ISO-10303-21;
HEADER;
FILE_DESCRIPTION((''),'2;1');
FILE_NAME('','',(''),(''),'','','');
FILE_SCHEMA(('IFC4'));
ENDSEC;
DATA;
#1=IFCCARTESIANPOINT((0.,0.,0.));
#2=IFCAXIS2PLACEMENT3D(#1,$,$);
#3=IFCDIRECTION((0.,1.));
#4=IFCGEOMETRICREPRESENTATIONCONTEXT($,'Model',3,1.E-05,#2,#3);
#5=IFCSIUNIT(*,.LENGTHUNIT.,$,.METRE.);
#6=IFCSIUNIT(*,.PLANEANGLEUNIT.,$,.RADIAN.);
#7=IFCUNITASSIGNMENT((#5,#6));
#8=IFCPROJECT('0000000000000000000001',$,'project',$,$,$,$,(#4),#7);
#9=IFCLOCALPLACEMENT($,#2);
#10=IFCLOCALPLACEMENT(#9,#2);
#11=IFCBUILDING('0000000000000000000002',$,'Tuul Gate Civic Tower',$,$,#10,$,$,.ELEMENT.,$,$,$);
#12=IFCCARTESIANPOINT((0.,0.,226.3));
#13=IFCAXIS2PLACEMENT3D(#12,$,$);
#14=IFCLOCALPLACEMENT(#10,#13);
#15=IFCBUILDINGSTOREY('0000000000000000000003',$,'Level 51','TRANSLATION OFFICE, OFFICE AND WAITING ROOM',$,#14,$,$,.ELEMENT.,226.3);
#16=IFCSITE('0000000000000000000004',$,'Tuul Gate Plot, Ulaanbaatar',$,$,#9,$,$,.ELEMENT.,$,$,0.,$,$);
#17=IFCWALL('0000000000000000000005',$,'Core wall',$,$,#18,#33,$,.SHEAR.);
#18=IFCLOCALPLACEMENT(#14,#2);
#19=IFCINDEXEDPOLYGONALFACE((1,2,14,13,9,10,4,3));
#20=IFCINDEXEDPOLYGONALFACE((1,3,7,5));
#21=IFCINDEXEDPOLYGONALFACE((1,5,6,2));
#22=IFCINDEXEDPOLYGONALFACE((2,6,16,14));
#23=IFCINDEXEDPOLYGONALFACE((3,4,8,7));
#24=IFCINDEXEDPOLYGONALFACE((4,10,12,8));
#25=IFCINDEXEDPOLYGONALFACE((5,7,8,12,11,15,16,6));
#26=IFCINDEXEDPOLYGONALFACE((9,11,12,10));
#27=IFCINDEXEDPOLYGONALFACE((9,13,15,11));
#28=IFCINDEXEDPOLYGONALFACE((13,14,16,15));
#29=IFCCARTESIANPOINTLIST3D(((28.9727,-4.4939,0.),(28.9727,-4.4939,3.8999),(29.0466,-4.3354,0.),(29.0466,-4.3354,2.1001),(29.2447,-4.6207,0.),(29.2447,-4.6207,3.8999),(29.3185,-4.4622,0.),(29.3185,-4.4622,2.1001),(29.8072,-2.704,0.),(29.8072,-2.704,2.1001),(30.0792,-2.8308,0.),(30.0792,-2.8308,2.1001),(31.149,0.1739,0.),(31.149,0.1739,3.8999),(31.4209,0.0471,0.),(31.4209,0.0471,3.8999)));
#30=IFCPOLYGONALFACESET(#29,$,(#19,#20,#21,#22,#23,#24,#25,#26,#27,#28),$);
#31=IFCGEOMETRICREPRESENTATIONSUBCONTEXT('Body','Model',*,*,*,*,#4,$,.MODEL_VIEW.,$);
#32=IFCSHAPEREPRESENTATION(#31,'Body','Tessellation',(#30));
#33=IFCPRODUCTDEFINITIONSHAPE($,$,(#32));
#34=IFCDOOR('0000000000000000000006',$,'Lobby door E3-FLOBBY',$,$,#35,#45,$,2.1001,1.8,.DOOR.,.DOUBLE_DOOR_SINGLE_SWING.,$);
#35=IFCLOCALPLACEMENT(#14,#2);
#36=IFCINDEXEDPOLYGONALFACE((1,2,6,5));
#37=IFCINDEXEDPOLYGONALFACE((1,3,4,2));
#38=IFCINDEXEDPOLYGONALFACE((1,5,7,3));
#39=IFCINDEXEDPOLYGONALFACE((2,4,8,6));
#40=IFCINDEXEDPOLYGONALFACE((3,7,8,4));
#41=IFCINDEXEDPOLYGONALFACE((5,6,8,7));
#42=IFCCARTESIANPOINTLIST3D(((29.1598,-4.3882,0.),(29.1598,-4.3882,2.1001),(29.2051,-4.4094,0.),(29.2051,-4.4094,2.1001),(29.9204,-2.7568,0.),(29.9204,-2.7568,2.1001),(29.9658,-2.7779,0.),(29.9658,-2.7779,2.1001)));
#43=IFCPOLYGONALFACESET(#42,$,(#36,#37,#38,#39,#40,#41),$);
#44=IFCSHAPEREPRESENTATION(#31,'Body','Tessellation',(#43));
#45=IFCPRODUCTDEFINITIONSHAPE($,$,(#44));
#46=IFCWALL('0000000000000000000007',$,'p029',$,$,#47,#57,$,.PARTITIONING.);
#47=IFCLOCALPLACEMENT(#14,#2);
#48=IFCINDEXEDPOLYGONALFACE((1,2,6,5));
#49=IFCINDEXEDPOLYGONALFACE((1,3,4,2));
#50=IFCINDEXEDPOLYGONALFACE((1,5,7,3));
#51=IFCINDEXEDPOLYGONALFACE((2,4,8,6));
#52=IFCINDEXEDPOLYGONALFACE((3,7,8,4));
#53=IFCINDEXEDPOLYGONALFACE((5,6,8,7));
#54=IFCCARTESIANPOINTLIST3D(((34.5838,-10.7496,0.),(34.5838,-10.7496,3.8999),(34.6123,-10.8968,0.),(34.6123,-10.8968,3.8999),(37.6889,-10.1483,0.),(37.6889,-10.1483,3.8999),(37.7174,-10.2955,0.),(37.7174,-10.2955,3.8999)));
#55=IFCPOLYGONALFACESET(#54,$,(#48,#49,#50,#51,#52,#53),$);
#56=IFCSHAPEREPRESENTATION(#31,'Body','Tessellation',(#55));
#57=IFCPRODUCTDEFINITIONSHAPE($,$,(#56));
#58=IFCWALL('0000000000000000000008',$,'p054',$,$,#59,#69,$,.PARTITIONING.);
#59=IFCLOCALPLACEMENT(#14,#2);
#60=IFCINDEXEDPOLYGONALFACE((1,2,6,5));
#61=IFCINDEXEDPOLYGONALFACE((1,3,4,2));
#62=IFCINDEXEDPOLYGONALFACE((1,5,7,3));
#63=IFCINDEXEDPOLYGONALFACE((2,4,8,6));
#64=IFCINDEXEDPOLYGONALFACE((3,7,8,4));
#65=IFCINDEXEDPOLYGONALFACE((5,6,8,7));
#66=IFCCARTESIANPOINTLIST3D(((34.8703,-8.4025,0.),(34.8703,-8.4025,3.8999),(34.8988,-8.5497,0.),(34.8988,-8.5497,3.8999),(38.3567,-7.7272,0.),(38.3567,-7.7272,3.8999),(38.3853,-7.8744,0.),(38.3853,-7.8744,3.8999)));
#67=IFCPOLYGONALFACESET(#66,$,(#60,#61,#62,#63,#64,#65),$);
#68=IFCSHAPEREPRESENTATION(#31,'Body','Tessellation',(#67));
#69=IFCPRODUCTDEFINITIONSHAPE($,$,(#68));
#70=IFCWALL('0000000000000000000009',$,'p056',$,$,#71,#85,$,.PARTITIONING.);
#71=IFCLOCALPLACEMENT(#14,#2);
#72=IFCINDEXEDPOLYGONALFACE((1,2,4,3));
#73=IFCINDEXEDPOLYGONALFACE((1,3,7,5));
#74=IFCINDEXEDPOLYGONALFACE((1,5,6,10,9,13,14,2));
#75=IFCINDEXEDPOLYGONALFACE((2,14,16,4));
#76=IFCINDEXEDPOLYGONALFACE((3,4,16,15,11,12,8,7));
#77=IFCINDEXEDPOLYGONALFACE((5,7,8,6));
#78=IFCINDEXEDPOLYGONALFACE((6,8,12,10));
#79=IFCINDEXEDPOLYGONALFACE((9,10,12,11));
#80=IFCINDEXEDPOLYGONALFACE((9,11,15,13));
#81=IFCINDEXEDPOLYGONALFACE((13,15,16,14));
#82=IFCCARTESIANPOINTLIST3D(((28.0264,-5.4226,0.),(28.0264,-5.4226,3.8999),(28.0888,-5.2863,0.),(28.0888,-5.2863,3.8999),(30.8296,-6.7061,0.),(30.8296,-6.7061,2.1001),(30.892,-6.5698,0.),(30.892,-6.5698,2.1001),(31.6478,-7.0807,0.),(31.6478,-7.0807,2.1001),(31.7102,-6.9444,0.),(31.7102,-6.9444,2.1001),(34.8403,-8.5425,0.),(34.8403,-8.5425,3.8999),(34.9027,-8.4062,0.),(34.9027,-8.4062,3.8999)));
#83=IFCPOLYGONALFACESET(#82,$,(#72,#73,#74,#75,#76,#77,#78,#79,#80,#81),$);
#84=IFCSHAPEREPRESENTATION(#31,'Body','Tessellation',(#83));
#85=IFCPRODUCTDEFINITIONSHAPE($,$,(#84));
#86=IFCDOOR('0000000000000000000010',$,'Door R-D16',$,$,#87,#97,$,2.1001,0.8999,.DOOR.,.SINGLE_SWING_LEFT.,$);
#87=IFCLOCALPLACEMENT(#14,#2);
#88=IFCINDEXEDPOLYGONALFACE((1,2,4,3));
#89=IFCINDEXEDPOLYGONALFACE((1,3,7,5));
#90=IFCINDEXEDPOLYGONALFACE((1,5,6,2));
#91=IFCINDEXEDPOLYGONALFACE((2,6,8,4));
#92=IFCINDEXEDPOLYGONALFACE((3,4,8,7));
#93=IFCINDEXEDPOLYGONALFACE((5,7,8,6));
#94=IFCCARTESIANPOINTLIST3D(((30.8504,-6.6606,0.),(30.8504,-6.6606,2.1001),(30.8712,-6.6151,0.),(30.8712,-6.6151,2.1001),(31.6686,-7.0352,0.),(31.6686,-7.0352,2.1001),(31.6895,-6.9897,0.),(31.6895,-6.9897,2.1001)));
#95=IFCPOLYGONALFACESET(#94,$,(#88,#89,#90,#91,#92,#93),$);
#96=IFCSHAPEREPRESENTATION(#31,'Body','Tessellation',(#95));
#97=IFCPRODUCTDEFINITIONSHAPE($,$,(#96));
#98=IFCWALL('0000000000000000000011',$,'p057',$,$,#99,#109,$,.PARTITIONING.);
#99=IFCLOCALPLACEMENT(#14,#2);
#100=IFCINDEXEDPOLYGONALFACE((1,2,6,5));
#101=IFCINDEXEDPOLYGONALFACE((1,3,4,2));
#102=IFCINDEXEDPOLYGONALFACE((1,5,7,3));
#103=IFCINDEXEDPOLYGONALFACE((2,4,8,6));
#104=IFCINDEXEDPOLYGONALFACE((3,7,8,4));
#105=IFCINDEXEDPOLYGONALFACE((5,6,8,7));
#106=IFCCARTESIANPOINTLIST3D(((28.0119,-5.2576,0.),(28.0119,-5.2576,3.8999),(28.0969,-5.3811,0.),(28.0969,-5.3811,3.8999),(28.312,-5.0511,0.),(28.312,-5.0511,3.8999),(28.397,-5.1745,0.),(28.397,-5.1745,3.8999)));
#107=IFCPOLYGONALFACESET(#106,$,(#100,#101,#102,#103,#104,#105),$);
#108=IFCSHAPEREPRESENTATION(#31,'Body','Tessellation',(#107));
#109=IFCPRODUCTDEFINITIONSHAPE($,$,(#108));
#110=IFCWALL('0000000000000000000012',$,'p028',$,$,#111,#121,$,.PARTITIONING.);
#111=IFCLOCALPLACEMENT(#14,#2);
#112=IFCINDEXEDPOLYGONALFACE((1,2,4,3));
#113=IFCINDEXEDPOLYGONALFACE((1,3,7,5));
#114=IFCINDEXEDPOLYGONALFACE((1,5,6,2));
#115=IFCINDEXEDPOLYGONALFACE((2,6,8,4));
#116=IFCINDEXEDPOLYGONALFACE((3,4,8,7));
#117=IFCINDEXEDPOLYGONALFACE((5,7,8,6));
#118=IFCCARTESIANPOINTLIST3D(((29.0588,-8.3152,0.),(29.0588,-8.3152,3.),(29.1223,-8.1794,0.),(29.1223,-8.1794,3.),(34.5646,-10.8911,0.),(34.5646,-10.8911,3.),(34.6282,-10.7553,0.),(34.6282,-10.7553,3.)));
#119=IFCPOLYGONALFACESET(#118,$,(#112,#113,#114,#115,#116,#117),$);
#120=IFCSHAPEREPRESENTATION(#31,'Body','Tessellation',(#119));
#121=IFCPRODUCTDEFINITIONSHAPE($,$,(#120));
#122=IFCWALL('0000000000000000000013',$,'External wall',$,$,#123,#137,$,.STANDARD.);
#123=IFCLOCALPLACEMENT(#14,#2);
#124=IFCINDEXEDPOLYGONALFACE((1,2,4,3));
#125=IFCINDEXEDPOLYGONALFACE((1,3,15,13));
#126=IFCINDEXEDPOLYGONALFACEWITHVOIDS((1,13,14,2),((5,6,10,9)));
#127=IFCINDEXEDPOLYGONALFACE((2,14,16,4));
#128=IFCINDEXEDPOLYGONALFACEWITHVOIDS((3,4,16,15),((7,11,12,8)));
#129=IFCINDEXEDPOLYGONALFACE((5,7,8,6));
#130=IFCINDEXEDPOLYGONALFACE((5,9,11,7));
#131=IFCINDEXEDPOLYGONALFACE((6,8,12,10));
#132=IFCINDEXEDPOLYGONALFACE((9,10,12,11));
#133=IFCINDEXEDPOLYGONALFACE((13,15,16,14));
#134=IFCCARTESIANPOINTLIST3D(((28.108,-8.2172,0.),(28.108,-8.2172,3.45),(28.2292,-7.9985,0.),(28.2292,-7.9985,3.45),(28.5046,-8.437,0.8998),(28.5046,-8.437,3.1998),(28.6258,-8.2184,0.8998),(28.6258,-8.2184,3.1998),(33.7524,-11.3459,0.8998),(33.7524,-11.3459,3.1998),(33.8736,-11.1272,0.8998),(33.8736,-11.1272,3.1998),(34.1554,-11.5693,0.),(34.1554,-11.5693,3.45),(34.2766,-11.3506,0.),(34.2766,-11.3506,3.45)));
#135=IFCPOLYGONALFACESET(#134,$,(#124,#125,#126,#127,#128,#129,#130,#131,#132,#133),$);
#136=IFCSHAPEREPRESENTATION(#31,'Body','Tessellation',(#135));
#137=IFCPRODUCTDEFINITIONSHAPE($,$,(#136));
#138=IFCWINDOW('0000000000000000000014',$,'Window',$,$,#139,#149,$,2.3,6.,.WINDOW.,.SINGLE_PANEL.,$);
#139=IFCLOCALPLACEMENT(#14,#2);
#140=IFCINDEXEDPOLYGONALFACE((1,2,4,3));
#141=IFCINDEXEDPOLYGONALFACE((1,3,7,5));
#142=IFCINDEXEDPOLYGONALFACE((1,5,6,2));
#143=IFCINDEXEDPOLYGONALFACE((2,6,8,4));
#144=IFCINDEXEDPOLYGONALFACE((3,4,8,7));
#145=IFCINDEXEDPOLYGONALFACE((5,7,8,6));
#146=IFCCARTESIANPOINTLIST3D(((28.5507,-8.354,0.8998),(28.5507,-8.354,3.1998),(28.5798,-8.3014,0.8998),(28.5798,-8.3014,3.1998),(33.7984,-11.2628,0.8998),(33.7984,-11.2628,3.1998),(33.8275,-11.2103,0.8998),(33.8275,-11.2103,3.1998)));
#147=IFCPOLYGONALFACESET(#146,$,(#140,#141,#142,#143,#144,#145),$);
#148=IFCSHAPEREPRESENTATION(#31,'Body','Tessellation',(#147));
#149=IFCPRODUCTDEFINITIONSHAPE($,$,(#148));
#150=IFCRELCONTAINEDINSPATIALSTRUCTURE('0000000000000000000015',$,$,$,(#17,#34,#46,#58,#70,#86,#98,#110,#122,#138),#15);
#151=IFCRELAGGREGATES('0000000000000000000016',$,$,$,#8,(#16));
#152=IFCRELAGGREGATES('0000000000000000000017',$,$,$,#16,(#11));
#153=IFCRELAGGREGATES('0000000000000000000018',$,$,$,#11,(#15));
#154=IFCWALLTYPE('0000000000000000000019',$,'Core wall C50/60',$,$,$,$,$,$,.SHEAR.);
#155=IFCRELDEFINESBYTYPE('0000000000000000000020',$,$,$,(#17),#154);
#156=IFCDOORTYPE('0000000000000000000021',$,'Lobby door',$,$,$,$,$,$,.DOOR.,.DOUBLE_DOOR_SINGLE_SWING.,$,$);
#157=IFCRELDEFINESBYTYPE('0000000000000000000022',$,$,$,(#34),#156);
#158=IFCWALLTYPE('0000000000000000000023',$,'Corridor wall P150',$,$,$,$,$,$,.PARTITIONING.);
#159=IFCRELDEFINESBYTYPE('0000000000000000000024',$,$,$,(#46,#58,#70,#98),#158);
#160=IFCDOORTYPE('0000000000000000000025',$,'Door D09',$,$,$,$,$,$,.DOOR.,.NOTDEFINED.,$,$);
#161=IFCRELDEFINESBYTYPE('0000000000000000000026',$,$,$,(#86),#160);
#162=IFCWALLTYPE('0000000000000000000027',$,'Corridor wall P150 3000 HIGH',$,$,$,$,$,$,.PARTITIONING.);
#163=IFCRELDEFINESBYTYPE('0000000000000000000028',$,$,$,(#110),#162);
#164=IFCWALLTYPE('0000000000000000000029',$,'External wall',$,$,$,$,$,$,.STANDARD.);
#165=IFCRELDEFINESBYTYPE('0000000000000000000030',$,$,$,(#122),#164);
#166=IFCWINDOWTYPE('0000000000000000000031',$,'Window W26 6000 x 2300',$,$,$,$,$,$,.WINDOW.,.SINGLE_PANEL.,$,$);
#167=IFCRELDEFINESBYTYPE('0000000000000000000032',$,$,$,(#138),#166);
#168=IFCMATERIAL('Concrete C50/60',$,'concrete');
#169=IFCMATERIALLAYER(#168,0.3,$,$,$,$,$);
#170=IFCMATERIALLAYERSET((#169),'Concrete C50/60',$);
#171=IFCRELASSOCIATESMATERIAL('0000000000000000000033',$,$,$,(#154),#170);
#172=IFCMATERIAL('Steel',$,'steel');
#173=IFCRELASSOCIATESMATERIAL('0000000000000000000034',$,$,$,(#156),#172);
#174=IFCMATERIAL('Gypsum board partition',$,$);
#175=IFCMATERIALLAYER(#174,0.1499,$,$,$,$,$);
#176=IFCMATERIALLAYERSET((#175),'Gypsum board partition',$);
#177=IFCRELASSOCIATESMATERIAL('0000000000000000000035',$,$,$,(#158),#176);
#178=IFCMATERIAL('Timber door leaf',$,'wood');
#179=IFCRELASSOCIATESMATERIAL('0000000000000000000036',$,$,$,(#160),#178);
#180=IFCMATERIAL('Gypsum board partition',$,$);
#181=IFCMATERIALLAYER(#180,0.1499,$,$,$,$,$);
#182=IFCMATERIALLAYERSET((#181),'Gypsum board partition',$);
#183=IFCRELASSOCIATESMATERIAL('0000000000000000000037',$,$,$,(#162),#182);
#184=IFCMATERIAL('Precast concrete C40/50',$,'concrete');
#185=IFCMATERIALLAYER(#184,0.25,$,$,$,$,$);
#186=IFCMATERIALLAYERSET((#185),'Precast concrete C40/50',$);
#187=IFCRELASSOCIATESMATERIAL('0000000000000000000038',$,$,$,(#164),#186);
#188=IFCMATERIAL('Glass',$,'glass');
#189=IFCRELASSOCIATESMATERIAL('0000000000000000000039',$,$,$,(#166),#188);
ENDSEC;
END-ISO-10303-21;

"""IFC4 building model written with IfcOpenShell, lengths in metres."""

from ifc_helpers import new_model, si_unit, direction, frame, frame_2d, origin, place, context, subcontext, project, spatial, rectangle, extrude, material, layer, layer_set, type_object, element, fill, save


model = new_model("IFC4")

# Units and contexts
model_context = context("Model", 3, precision=1e-05, world=origin(), true_north=direction((0.0, 1.0)))
body_context = subcontext(model_context, "Body", "Model", "MODEL_VIEW")
ifc_project = project(units=[si_unit("LENGTHUNIT", "METRE"), si_unit("PLANEANGLEUNIT", "RADIAN")], contexts=[model_context])

# Site, building, storey
site_placement = place(None, origin())
site = spatial("IfcSite", under=ifc_project, at=site_placement, Name="Tuul Gate Plot, Ulaanbaatar", CompositionType="ELEMENT", RefElevation=0.0)
building_placement = place(site_placement, origin())
building = spatial("IfcBuilding", under=site, at=building_placement, Name="Tuul Gate Civic Tower", CompositionType="ELEMENT")
storey_placement = place(building_placement, frame((0.0, 0.0, 226.3)))
storey = spatial("IfcBuildingStorey", under=building, at=storey_placement, Name="Level 51", Description="TRANSLATION OFFICE, OFFICE AND WAITING ROOM", CompositionType="ELEMENT", Elevation=226.3)

# Shared definitions
ifc_material_1 = material(Name="Concrete C50/60", Category="concrete")
ifc_layer_1 = layer(ifc_material_1, 0.3)
ifc_layer_set_1 = layer_set([ifc_layer_1], Name="Concrete C50/60")
wall_type_1 = type_object("IfcWallType", Name="Core wall C50/60", PredefinedType="SHEAR", material=ifc_layer_set_1)
ifc_material_2 = material(Name="Steel", Category="steel")
door_type_1 = type_object("IfcDoorType", Name="Lobby door", OperationType="DOUBLE_DOOR_SINGLE_SWING", PredefinedType="DOOR", material=ifc_material_2)

# Wall, opening, door
wall_1_placement = place(storey_placement, frame((29.1086, -4.5574, 0.0), z_axis=(0.0, 0.0, 1.0), x_axis=(0.422566, 0.906332, 0.0)))
wall_1 = element("IfcWall", 1, at=wall_1_placement, inside=storey, type_object=wall_type_1, Name="Core wall", PredefinedType="SHEAR", context=body_context, shape_type="SweptSolid", body=[
    extrude(rectangle(XDim=5.1501, YDim=0.3, at=frame_2d((2.5752, 0.0))), origin(), (0.0, 0.0, 1.0), 3.8999),
])
opening_1_placement = place(wall_1_placement, frame((0.175, 0.0, 0.0)))
opening_1 = element("IfcOpeningElement", 2, at=opening_1_placement, cuts=wall_1, PredefinedType="OPENING", context=body_context, shape_type="SweptSolid", body=[
    extrude(rectangle(XDim=1.8, YDim=2.1001, at=frame_2d((0.8999, 1.05))), frame((0.0, 0.1602, 0.0), z_axis=(0.0, -1.0, 0.0), x_axis=(1.0, 0.0, 0.0)), (0.0, 0.0, 1.0), 0.3201),
])
door_1_placement = place(opening_1_placement, frame((1.8, 0.0, 0.0), z_axis=(0.0, 0.0, 1.0), x_axis=(-1.0, 0.0, 0.0)))
door_1 = element("IfcDoor", 3, at=door_1_placement, inside=storey, type_object=door_type_1, Name="Lobby door E3-FLOBBY", OperationType="DOUBLE_DOOR_SINGLE_SWING", OverallHeight=2.1001, OverallWidth=1.8, PredefinedType="DOOR", context=body_context, shape_type="SweptSolid", body=[
    extrude(rectangle(XDim=1.8, YDim=2.1001, at=frame_2d((0.9001, 1.05))), frame((0.0, 0.0249, 0.0), z_axis=(0.0, -1.0, 0.0), x_axis=(1.0, 0.0, 0.0)), (0.0, 0.0, 1.0), 0.05),
])
fill(opening_1, door_1)

# Walls
ifc_material_3 = material(Name="Gypsum board partition")
ifc_layer_2 = layer(ifc_material_3, 0.1499)
ifc_layer_set_2 = layer_set([ifc_layer_2], Name="Gypsum board partition")
wall_type_2 = type_object("IfcWallType", Name="Corridor wall P150", PredefinedType="PARTITIONING", material=ifc_layer_set_2)
wall_2_placement = place(storey_placement, frame((34.5979, -10.8232, 0.0), z_axis=(0.0, 0.0, 1.0), x_axis=(0.981762, 0.190116, 0.0)))
element("IfcWall", 4, at=wall_2_placement, inside=storey, type_object=wall_type_2, Name="p029", PredefinedType="PARTITIONING", context=body_context, shape_type="SweptSolid", body=[
    extrude(rectangle(XDim=3.1628, YDim=0.1499, at=frame_2d((1.5815, 0.0))), origin(), (0.0, 0.0, 1.0), 3.8999),
])
wall_3_placement = place(storey_placement, frame((34.8845, -8.4761, 0.0), z_axis=(0.0, 0.0, 1.0), x_axis=(0.981755, 0.19015, 0.0)))
element("IfcWall", 5, at=wall_3_placement, inside=storey, type_object=wall_type_2, Name="p054", PredefinedType="PARTITIONING", context=body_context, shape_type="SweptSolid", body=[
    extrude(rectangle(XDim=3.5513, YDim=0.1499, at=frame_2d((1.7756, 0.0))), origin(), (0.0, 0.0, 1.0), 3.8999),
])

# Wall, opening, door
wall_4_placement = place(storey_placement, frame((28.0576, -5.3545, 0.0), z_axis=(0.0, 0.0, 1.0), x_axis=(0.909226, -0.416302, 0.0)))
wall_4 = element("IfcWall", 6, at=wall_4_placement, inside=storey, type_object=wall_type_2, Name="p056", PredefinedType="PARTITIONING", context=body_context, shape_type="SweptSolid", body=[
    extrude(rectangle(XDim=7.4941, YDim=0.1499, at=frame_2d((3.7471, 0.0))), origin(), (0.0, 0.0, 1.0), 3.8999),
])
opening_2_placement = place(wall_4_placement, frame((3.083, 0.0, 0.0)))
opening_2 = element("IfcOpeningElement", 7, at=opening_2_placement, cuts=wall_4, PredefinedType="OPENING", context=body_context, shape_type="SweptSolid", body=[
    extrude(rectangle(XDim=0.8999, YDim=2.1001, at=frame_2d((0.45, 1.05))), frame((0.0, 0.085, 0.0), z_axis=(0.0, -1.0, 0.0), x_axis=(1.0, 0.0, 0.0)), (0.0, 0.0, 1.0), 0.1699),
])
ifc_material_4 = material(Name="Timber door leaf", Category="wood")
door_type_2 = type_object("IfcDoorType", Name="Door D09", OperationType="NOTDEFINED", PredefinedType="DOOR", material=ifc_material_4)
door_2_placement = place(opening_2_placement, frame((0.8999, 0.0, 0.0), z_axis=(0.0, 0.0, 1.0), x_axis=(-1.0, 0.0, 0.0)))
door_2 = element("IfcDoor", 8, at=door_2_placement, inside=storey, type_object=door_type_2, Name="Door R-D16", OperationType="SINGLE_SWING_LEFT", OverallHeight=2.1001, OverallWidth=0.8999, PredefinedType="DOOR", context=body_context, shape_type="SweptSolid", body=[
    extrude(rectangle(XDim=0.8999, YDim=2.1001, at=frame_2d((0.45, 1.05))), frame((0.0, 0.0249, 0.0), z_axis=(0.0, -1.0, 0.0), x_axis=(1.0, 0.0, 0.0)), (0.0, 0.0, 1.0), 0.05),
])
fill(opening_2, door_2)

# Walls
wall_5_placement = place(storey_placement, frame((28.0544, -5.3193, 0.0), z_axis=(0.0, 0.0, 1.0), x_axis=(0.823709, 0.567012, 0.0)))
element("IfcWall", 9, at=wall_5_placement, inside=storey, type_object=wall_type_2, Name="p057", PredefinedType="PARTITIONING", context=body_context, shape_type="SweptSolid", body=[
    extrude(rectangle(XDim=0.3643, YDim=0.1499, at=frame_2d((0.1821, 0.0))), origin(), (0.0, 0.0, 1.0), 3.8999),
])
ifc_material_5 = material(Name="Gypsum board partition")
ifc_layer_3 = layer(ifc_material_5, 0.1499)
ifc_layer_set_3 = layer_set([ifc_layer_3], Name="Gypsum board partition")
wall_type_3 = type_object("IfcWallType", Name="Corridor wall P150 3000 HIGH", PredefinedType="PARTITIONING", material=ifc_layer_set_3)
wall_6_placement = place(storey_placement, frame((29.0906, -8.2473, 0.0), z_axis=(0.0, 0.0, 1.0), x_axis=(0.905771, -0.423767, 0.0)))
element("IfcWall", 10, at=wall_6_placement, inside=storey, type_object=wall_type_3, Name="p028", PredefinedType="PARTITIONING", context=body_context, shape_type="SweptSolid", body=[
    extrude(rectangle(XDim=6.0786, YDim=0.1499, at=frame_2d((3.0393, 0.0))), origin(), (0.0, 0.0, 1.0), 3.0),
])

# Wall, opening, window
ifc_material_6 = material(Name="Precast concrete C40/50", Category="concrete")
ifc_layer_4 = layer(ifc_material_6, 0.25)
ifc_layer_set_4 = layer_set([ifc_layer_4], Name="Precast concrete C40/50")
wall_type_4 = type_object("IfcWallType", Name="External wall", PredefinedType="STANDARD", material=ifc_layer_set_4)
wall_7_placement = place(storey_placement, frame((28.1687, -8.1079, 0.0), z_axis=(0.0, 0.0, 1.0), x_axis=(0.874623, -0.484803, 0.0)))
wall_7 = element("IfcWall", 11, at=wall_7_placement, inside=storey, type_object=wall_type_4, Name="External wall", PredefinedType="STANDARD", context=body_context, shape_type="SweptSolid", body=[
    extrude(rectangle(XDim=6.9143, YDim=0.25, at=frame_2d((3.457, 0.0))), origin(), (0.0, 0.0, 1.0), 3.45),
])
opening_3_placement = place(wall_7_placement, frame((0.4534, 0.0, 0.8999)))
opening_3 = element("IfcOpeningElement", 12, at=opening_3_placement, cuts=wall_7, PredefinedType="OPENING", context=body_context, shape_type="SweptSolid", body=[
    extrude(rectangle(XDim=6.0, YDim=2.3, at=frame_2d((3.0, 1.1499))), frame((0.0, 0.135, 0.0), z_axis=(0.0, -1.0, 0.0), x_axis=(1.0, 0.0, 0.0)), (0.0, 0.0, 1.0), 0.27),
])
ifc_material_7 = material(Name="Glass", Category="glass")
window_type = type_object("IfcWindowType", Name="Window W26 6000 x 2300", PartitioningType="SINGLE_PANEL", PredefinedType="WINDOW", material=ifc_material_7)
window_1_placement = place(opening_3_placement, origin())
window_1 = element("IfcWindow", 13, at=window_1_placement, inside=storey, type_object=window_type, Name="Window", OverallHeight=2.3, OverallWidth=6.0, PartitioningType="SINGLE_PANEL", PredefinedType="WINDOW", context=body_context, shape_type="SweptSolid", body=[
    extrude(rectangle(XDim=6.0, YDim=2.3, at=frame_2d((3.0, 1.1499))), frame((0.0, 0.03, 0.0), z_axis=(0.0, -1.0, 0.0), x_axis=(1.0, 0.0, 0.0)), (0.0, 0.0, 1.0), 0.0601),
])
fill(opening_3, window_1)

save(model, "model.ifc")
